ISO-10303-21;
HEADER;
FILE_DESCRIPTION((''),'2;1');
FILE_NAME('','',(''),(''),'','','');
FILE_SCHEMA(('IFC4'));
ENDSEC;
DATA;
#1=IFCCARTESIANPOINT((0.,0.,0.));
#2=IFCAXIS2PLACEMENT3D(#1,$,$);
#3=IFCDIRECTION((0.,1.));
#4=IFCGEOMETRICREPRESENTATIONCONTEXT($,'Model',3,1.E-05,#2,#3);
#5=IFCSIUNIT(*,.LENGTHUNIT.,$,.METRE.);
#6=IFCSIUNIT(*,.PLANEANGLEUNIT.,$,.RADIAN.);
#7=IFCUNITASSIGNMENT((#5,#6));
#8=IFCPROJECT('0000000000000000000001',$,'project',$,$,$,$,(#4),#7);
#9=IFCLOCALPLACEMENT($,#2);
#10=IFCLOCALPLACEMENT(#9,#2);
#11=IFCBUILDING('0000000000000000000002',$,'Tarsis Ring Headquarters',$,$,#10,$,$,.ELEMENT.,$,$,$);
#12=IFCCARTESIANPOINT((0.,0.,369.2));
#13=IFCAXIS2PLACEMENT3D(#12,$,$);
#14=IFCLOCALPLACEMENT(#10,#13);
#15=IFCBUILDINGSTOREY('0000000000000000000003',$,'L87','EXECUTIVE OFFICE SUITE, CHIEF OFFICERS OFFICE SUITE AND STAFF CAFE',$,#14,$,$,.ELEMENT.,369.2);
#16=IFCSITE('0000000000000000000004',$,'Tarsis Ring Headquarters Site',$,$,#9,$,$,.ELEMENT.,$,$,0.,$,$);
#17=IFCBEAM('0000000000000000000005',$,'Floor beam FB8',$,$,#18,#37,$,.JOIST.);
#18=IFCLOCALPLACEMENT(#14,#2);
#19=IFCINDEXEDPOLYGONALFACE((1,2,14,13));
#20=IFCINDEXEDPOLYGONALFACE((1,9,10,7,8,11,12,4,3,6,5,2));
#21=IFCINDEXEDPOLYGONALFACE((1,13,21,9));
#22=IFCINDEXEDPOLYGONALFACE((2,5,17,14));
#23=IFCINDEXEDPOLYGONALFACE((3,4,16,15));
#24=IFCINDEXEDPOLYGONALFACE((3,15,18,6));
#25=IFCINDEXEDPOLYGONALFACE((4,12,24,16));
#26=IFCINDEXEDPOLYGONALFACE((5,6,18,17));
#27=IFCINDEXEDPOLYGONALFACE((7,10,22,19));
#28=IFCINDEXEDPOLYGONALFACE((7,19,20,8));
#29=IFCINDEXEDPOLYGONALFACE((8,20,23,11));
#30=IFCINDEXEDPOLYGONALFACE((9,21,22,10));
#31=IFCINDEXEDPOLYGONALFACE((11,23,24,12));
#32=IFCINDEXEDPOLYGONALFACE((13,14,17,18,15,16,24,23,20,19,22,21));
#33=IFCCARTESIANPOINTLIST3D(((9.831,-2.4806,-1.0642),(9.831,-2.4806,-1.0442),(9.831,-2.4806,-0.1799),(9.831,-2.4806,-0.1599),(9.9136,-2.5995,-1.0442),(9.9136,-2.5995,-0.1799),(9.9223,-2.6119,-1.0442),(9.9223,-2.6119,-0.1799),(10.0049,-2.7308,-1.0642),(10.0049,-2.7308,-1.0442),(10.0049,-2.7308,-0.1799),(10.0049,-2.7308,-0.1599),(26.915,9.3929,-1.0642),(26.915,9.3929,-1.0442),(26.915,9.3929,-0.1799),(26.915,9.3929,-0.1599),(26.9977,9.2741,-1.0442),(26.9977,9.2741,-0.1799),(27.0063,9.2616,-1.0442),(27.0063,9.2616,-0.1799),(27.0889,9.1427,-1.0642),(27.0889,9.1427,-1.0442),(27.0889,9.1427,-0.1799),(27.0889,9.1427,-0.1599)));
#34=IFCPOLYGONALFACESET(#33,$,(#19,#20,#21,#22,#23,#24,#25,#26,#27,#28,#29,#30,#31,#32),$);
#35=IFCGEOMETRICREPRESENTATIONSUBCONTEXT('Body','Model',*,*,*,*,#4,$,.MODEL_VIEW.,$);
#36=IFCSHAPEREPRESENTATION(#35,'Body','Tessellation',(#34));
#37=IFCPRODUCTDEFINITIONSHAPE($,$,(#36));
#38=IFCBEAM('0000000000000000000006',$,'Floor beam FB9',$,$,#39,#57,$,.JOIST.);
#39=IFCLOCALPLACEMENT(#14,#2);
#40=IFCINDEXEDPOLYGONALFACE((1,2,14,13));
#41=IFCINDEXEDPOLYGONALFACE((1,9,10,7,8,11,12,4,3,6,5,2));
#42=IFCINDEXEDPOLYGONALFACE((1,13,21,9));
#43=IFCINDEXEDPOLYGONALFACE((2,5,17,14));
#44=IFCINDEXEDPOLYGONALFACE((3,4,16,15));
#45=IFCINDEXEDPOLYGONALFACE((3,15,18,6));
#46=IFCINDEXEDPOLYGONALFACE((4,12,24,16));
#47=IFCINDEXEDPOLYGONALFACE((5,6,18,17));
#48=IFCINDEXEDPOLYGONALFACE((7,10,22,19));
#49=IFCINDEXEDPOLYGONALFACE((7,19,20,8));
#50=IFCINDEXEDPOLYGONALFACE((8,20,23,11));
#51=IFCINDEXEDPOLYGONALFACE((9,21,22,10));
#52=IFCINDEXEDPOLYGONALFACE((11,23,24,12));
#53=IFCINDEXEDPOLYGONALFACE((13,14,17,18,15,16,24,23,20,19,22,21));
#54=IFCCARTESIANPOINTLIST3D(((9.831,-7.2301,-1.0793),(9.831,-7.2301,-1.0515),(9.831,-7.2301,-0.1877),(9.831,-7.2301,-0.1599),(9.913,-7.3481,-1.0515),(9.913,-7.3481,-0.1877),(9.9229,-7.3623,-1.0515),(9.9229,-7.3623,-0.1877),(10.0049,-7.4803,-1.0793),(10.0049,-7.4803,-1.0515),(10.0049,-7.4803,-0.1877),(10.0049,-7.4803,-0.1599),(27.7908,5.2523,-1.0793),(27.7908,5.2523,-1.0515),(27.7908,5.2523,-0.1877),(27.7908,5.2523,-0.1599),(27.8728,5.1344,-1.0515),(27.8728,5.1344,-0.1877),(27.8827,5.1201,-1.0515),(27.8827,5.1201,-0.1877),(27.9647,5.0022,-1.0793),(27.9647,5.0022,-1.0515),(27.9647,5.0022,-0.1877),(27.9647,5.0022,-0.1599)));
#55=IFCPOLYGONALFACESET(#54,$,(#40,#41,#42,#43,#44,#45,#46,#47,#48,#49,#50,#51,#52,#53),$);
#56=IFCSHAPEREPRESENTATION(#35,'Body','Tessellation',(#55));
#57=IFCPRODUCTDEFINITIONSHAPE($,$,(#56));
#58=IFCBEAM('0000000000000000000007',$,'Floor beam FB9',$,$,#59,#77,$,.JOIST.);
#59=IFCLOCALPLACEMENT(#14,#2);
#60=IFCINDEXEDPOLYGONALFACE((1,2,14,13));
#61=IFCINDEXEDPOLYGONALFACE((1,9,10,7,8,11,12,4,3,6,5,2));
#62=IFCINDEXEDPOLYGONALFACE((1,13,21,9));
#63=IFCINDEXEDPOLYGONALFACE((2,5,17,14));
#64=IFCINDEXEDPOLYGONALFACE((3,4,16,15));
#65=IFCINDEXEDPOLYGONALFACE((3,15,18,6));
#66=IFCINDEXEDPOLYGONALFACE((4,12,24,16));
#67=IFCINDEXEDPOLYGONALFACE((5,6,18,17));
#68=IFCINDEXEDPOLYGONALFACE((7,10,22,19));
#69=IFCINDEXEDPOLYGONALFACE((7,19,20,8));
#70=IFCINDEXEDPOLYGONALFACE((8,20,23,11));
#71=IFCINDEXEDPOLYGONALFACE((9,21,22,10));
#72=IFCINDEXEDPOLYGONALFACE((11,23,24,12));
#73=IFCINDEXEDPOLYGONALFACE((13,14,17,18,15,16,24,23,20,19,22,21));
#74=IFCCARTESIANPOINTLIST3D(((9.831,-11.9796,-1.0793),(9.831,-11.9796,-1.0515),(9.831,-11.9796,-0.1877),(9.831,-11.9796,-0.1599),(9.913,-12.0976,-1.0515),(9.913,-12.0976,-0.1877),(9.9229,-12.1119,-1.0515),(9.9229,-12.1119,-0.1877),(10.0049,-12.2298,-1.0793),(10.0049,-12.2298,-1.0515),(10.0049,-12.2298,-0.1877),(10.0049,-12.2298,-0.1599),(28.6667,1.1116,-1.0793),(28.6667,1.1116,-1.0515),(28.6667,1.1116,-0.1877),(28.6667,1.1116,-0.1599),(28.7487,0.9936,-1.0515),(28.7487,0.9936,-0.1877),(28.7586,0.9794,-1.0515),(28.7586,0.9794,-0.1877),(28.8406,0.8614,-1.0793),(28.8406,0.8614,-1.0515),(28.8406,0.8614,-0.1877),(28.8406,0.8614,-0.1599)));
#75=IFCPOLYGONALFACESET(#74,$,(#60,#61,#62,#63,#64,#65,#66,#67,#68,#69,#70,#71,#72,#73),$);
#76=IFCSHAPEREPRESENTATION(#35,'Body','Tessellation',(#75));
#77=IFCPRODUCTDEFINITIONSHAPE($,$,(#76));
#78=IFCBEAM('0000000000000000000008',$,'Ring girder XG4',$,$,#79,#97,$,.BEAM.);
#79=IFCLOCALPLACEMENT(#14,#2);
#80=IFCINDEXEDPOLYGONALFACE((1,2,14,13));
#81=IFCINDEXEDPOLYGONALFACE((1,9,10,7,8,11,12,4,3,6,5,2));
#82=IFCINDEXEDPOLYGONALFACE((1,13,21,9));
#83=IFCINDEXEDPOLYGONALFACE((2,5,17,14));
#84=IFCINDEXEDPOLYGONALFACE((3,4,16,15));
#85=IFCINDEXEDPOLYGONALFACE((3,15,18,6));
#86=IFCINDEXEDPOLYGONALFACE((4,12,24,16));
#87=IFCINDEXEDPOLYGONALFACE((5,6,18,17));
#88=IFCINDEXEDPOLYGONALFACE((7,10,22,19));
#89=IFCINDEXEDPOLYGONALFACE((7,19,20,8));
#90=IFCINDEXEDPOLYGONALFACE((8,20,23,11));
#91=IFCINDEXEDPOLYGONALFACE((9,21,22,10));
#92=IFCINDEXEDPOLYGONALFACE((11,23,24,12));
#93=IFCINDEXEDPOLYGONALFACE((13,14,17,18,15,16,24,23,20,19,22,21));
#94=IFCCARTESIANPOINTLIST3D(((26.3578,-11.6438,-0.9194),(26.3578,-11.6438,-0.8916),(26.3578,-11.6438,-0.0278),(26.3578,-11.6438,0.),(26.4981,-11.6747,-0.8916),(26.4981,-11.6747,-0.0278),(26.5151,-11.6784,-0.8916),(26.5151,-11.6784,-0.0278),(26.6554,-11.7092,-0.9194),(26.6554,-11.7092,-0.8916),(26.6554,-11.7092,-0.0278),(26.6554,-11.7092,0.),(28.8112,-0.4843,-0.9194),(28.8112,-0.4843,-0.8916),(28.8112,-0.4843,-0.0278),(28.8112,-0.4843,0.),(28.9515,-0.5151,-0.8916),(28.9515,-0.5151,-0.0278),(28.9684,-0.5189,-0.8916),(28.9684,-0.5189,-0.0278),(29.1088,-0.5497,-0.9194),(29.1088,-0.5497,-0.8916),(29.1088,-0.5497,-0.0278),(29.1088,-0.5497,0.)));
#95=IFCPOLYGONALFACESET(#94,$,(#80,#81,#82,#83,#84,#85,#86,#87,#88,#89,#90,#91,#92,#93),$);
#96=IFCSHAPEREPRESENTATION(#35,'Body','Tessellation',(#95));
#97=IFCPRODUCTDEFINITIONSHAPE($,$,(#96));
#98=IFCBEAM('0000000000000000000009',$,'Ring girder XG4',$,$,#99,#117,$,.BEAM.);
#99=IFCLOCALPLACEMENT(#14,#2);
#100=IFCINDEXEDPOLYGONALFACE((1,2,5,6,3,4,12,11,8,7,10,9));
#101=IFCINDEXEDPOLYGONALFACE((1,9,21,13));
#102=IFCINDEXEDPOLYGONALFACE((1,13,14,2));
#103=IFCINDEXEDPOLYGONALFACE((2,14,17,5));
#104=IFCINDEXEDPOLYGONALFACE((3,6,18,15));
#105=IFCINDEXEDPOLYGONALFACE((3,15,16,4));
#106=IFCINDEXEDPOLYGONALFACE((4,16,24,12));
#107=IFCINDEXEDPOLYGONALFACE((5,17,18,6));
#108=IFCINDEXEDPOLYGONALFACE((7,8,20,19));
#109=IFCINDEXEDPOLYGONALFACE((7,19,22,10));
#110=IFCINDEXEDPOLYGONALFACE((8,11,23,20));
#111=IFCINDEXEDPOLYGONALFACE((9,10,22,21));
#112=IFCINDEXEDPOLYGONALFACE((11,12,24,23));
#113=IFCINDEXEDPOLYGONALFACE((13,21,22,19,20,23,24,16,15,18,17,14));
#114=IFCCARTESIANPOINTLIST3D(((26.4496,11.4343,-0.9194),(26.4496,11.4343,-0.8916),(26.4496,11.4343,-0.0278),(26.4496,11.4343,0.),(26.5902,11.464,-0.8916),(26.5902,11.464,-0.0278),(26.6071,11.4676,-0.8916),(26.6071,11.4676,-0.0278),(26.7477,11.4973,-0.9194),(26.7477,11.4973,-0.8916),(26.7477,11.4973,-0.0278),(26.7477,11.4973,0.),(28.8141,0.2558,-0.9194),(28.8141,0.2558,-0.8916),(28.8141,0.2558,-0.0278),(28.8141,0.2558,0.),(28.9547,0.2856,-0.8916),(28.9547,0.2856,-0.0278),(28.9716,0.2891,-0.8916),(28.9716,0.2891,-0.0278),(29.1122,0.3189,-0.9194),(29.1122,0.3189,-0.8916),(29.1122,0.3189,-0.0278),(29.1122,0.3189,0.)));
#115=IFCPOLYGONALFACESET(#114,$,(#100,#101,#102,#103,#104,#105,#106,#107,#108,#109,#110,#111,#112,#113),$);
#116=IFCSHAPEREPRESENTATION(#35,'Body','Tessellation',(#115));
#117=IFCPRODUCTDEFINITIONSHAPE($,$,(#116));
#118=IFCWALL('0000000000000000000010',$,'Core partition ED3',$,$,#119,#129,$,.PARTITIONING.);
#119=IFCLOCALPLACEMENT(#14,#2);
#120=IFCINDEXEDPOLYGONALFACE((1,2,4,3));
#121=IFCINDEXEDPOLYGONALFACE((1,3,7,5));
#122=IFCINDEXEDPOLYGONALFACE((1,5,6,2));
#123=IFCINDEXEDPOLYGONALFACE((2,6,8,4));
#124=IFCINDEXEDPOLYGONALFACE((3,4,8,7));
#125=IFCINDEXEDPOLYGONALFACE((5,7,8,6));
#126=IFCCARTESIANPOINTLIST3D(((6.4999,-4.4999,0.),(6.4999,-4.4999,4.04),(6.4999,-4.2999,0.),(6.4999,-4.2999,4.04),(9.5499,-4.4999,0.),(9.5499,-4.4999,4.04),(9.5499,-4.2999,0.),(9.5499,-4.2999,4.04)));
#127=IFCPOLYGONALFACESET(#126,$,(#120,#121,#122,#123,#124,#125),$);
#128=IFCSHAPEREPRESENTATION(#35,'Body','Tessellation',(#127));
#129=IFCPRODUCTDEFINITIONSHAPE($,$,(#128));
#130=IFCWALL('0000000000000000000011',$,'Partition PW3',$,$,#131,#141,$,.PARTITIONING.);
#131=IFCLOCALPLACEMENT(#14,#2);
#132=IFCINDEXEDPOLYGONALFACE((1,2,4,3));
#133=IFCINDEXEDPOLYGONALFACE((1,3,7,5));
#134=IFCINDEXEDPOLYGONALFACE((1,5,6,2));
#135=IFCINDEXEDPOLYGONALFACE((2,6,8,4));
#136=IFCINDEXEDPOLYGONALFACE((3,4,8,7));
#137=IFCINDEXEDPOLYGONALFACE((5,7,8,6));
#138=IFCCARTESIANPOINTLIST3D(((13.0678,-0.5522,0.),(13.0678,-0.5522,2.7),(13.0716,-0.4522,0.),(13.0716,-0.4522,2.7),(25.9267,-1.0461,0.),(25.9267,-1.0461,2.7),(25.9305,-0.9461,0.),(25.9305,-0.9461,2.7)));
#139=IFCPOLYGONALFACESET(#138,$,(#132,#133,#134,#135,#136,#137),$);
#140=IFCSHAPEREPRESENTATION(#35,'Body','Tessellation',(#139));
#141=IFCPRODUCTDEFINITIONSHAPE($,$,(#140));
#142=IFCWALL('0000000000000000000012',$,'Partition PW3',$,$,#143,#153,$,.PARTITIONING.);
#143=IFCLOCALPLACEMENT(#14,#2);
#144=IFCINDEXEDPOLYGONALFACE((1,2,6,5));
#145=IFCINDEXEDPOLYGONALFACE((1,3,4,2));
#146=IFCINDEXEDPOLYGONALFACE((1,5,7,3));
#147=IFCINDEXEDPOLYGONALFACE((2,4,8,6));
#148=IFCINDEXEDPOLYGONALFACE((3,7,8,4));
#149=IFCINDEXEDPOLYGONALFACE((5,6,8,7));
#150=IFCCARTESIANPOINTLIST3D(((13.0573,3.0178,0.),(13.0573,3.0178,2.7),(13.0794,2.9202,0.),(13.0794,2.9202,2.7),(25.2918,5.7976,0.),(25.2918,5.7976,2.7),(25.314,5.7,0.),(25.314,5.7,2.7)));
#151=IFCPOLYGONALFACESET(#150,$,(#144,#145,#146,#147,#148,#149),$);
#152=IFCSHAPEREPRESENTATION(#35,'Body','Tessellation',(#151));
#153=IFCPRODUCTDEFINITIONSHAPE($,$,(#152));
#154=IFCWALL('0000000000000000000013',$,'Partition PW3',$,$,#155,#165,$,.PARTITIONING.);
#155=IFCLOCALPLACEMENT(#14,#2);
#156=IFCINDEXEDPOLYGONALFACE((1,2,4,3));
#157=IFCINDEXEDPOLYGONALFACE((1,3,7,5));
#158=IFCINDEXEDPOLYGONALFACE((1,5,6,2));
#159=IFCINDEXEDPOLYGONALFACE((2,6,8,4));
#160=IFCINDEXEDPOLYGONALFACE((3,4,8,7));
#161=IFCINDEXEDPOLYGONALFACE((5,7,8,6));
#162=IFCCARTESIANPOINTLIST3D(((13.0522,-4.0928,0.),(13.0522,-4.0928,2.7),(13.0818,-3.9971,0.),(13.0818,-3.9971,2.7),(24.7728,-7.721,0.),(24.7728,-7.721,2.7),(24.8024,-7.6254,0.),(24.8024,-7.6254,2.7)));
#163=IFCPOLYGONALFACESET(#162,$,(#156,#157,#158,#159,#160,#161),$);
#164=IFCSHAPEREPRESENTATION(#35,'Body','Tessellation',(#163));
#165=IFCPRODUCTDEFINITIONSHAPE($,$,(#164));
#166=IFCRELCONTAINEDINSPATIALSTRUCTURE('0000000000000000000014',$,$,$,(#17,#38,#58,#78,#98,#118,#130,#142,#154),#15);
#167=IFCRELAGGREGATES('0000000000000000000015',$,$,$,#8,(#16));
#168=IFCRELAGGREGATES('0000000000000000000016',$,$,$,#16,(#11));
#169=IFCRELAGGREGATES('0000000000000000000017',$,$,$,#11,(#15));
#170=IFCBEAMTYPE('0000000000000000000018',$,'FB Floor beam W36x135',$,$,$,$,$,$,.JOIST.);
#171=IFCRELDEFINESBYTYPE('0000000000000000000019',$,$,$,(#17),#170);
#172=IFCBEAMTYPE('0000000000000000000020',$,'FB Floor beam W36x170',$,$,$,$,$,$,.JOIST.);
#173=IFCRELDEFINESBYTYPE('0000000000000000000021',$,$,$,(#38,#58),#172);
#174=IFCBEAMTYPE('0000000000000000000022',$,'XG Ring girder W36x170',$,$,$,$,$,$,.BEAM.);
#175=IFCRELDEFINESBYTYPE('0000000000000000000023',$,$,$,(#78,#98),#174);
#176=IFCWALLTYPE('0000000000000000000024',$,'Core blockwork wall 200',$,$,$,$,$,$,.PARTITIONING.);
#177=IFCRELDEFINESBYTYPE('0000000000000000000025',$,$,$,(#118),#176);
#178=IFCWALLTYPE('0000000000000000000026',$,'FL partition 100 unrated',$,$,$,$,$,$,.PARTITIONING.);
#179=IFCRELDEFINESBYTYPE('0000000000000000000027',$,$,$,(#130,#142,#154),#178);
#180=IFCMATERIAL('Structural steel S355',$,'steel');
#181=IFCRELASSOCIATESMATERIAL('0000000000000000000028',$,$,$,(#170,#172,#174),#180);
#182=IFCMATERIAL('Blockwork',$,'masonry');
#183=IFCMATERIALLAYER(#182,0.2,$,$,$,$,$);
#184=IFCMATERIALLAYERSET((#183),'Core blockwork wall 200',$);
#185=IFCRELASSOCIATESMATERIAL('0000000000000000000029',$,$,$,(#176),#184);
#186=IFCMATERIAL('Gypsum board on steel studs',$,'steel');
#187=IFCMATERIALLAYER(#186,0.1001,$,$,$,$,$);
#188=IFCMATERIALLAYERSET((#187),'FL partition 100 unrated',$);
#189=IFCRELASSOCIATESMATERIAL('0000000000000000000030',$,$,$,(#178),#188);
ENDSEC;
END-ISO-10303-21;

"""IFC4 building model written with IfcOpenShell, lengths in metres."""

from ifc_helpers import new_model, si_unit, direction, frame, frame_2d, origin, origin_2d, place, context, subcontext, project, spatial, rectangle, i_section, extrude, material, layer, layer_set, material_profile, profile_set, type_object, element, save


model = new_model("IFC4")

# Units and contexts
model_context = context("Model", 3, precision=1e-05, world=origin(), true_north=direction((0.0, 1.0)))
body_context = subcontext(model_context, "Body", "Model", "MODEL_VIEW")
ifc_project = project(units=[si_unit("LENGTHUNIT", "METRE"), si_unit("PLANEANGLEUNIT", "RADIAN")], contexts=[model_context])

# Site, building, storey
site_placement = place(None, origin())
site = spatial("IfcSite", under=ifc_project, at=site_placement, Name="Tarsis Ring Headquarters Site", CompositionType="ELEMENT", RefElevation=0.0)
building_placement = place(site_placement, origin())
building = spatial("IfcBuilding", under=site, at=building_placement, Name="Tarsis Ring Headquarters", CompositionType="ELEMENT")
storey_placement = place(building_placement, frame((0.0, 0.0, 369.2)))
storey = spatial("IfcBuildingStorey", under=building, at=storey_placement, Name="L87", Description="EXECUTIVE OFFICE SUITE, CHIEF OFFICERS OFFICE SUITE AND STAFF CAFE", CompositionType="ELEMENT", Elevation=369.2)

# Shared definitions
ifc_material_1 = material(Name="Structural steel S355", Category="steel")

# Beams
ifc_material_profile_1 = material_profile(ifc_material_1, i_section(OverallWidth=0.3047, OverallDepth=0.9043, WebThickness=0.0151, FlangeThickness=0.02, at=origin_2d()), Name="W36x135")
ifc_profile_set_1 = profile_set([ifc_material_profile_1], Name="Structural steel S355")
beam_type_1 = type_object("IfcBeamType", Name="FB Floor beam W36x135", PredefinedType="JOIST", material=ifc_profile_set_1)
beam_1_placement = place(storey_placement, frame((9.918, -2.6057, -0.6121), z_axis=(0.821152, 0.570709, 0.0), x_axis=(-0.570709, 0.821152, 0.0)))
element("IfcBeam", 1, at=beam_1_placement, inside=storey, type_object=beam_type_1, Name="Floor beam FB8", PredefinedType="JOIST", context=body_context, shape_type="SweptSolid", body=[
    extrude(i_section(OverallWidth=0.3047, OverallDepth=0.9043, WebThickness=0.0151, FlangeThickness=0.02, at=origin_2d()), origin(), (0.0, 0.0, 1.0), 20.8049),
])
ifc_material_profile_2 = material_profile(ifc_material_1, i_section(OverallWidth=0.3047, OverallDepth=0.9194, WebThickness=0.0173, FlangeThickness=0.0278, at=origin_2d()), Name="W36x170")
ifc_profile_set_2 = profile_set([ifc_material_profile_2], Name="Structural steel S355")
beam_type_2 = type_object("IfcBeamType", Name="FB Floor beam W36x170", PredefinedType="JOIST", material=ifc_profile_set_2)
beam_2_placement = place(storey_placement, frame((9.918, -7.3552, -0.6196), z_axis=(0.821147, 0.570716, 0.0), x_axis=(-0.570716, 0.821147, 0.0)))
element("IfcBeam", 2, at=beam_2_placement, inside=storey, type_object=beam_type_2, Name="Floor beam FB9", PredefinedType="JOIST", context=body_context, shape_type="SweptSolid", body=[
    extrude(i_section(OverallWidth=0.3047, OverallDepth=0.9194, WebThickness=0.0173, FlangeThickness=0.0278, at=origin_2d()), origin(), (0.0, 0.0, 1.0), 21.8716),
])
beam_3_placement = place(storey_placement, frame((9.918, -12.1047, -0.6196), z_axis=(0.821146, 0.570718, 0.0), x_axis=(-0.570718, 0.821146, 0.0)))
element("IfcBeam", 3, at=beam_3_placement, inside=storey, type_object=beam_type_2, Name="Floor beam FB9", PredefinedType="JOIST", context=body_context, shape_type="SweptSolid", body=[
    extrude(i_section(OverallWidth=0.3047, OverallDepth=0.9194, WebThickness=0.0173, FlangeThickness=0.0278, at=origin_2d()), origin(), (0.0, 0.0, 1.0), 22.9382),
])
beam_type_3 = type_object("IfcBeamType", Name="XG Ring girder W36x170", PredefinedType="BEAM", material=ifc_profile_set_2)
beam_4_placement = place(storey_placement, frame((26.5066, -11.6765, -0.4597), z_axis=(0.21472, 0.976676, 0.0), x_axis=(-0.976676, 0.21472, 0.0)))
element("IfcBeam", 4, at=beam_4_placement, inside=storey, type_object=beam_type_3, Name="Ring girder XG4", PredefinedType="BEAM", context=body_context, shape_type="SweptSolid", body=[
    extrude(i_section(OverallWidth=0.3047, OverallDepth=0.9194, WebThickness=0.0173, FlangeThickness=0.0278, at=origin_2d()), origin(), (0.0, 0.0, 1.0), 11.426),
])
beam_5_placement = place(storey_placement, frame((28.9631, 0.2874, -0.4597), z_axis=(-0.206944, 0.978353, 0.0), x_axis=(-0.978353, -0.206944, 0.0)))
element("IfcBeam", 5, at=beam_5_placement, inside=storey, type_object=beam_type_3, Name="Ring girder XG4", PredefinedType="BEAM", context=body_context, shape_type="SweptSolid", body=[
    extrude(i_section(OverallWidth=0.3047, OverallDepth=0.9194, WebThickness=0.0173, FlangeThickness=0.0278, at=origin_2d()), origin(), (0.0, 0.0, 1.0), 11.4258),
])

# Walls
ifc_material_2 = material(Name="Blockwork", Category="masonry")
ifc_layer_1 = layer(ifc_material_2, 0.2)
ifc_layer_set_1 = layer_set([ifc_layer_1], Name="Core blockwork wall 200")
wall_type_1 = type_object("IfcWallType", Name="Core blockwork wall 200", PredefinedType="PARTITIONING", material=ifc_layer_set_1)
wall_1_placement = place(storey_placement, frame((6.5, -4.3999, 0.0), z_axis=(0.0, 0.0, 1.0), x_axis=(1.0, 0.0, 0.0)))
element("IfcWall", 6, at=wall_1_placement, inside=storey, type_object=wall_type_1, Name="Core partition ED3", PredefinedType="PARTITIONING", context=body_context, shape_type="SweptSolid", body=[
    extrude(rectangle(XDim=3.05, YDim=0.2, at=frame_2d((1.5249, 0.0))), origin(), (0.0, 0.0, 1.0), 4.04),
])
ifc_material_3 = material(Name="Gypsum board on steel studs", Category="steel")
ifc_layer_2 = layer(ifc_material_3, 0.1001)
ifc_layer_set_2 = layer_set([ifc_layer_2], Name="FL partition 100 unrated")
wall_type_2 = type_object("IfcWallType", Name="FL partition 100 unrated", PredefinedType="PARTITIONING", material=ifc_layer_set_2)
wall_2_placement = place(storey_placement, frame((13.0698, -0.5022, 0.0), z_axis=(0.0, 0.0, 1.0), x_axis=(0.999263, -0.038381, 0.0)))
element("IfcWall", 7, at=wall_2_placement, inside=storey, type_object=wall_type_2, Name="Partition PW3", PredefinedType="PARTITIONING", context=body_context, shape_type="SweptSolid", body=[
    extrude(rectangle(XDim=12.8684, YDim=0.1001, at=frame_2d((6.4341, 0.0))), origin(), (0.0, 0.0, 1.0), 2.7),
])
wall_3_placement = place(storey_placement, frame((13.0684, 2.969, 0.0), z_axis=(0.0, 0.0, 1.0), x_axis=(0.975147, 0.22156, 0.0)))
element("IfcWall", 8, at=wall_3_placement, inside=storey, type_object=wall_type_2, Name="Partition PW3", PredefinedType="PARTITIONING", context=body_context, shape_type="SweptSolid", body=[
    extrude(rectangle(XDim=12.5464, YDim=0.1001, at=frame_2d((6.2732, 0.0))), origin(), (0.0, 0.0, 1.0), 2.7),
])
wall_4_placement = place(storey_placement, frame((13.0669, -4.0449, 0.0), z_axis=(0.0, 0.0, 1.0), x_axis=(0.955276, -0.295714, 0.0)))
element("IfcWall", 9, at=wall_4_placement, inside=storey, type_object=wall_type_2, Name="Partition PW3", PredefinedType="PARTITIONING", context=body_context, shape_type="SweptSolid", body=[
    extrude(rectangle(XDim=12.2693, YDim=0.1001, at=frame_2d((6.1348, 0.0))), origin(), (0.0, 0.0, 1.0), 2.7),
])

save(model, "model.ifc")
